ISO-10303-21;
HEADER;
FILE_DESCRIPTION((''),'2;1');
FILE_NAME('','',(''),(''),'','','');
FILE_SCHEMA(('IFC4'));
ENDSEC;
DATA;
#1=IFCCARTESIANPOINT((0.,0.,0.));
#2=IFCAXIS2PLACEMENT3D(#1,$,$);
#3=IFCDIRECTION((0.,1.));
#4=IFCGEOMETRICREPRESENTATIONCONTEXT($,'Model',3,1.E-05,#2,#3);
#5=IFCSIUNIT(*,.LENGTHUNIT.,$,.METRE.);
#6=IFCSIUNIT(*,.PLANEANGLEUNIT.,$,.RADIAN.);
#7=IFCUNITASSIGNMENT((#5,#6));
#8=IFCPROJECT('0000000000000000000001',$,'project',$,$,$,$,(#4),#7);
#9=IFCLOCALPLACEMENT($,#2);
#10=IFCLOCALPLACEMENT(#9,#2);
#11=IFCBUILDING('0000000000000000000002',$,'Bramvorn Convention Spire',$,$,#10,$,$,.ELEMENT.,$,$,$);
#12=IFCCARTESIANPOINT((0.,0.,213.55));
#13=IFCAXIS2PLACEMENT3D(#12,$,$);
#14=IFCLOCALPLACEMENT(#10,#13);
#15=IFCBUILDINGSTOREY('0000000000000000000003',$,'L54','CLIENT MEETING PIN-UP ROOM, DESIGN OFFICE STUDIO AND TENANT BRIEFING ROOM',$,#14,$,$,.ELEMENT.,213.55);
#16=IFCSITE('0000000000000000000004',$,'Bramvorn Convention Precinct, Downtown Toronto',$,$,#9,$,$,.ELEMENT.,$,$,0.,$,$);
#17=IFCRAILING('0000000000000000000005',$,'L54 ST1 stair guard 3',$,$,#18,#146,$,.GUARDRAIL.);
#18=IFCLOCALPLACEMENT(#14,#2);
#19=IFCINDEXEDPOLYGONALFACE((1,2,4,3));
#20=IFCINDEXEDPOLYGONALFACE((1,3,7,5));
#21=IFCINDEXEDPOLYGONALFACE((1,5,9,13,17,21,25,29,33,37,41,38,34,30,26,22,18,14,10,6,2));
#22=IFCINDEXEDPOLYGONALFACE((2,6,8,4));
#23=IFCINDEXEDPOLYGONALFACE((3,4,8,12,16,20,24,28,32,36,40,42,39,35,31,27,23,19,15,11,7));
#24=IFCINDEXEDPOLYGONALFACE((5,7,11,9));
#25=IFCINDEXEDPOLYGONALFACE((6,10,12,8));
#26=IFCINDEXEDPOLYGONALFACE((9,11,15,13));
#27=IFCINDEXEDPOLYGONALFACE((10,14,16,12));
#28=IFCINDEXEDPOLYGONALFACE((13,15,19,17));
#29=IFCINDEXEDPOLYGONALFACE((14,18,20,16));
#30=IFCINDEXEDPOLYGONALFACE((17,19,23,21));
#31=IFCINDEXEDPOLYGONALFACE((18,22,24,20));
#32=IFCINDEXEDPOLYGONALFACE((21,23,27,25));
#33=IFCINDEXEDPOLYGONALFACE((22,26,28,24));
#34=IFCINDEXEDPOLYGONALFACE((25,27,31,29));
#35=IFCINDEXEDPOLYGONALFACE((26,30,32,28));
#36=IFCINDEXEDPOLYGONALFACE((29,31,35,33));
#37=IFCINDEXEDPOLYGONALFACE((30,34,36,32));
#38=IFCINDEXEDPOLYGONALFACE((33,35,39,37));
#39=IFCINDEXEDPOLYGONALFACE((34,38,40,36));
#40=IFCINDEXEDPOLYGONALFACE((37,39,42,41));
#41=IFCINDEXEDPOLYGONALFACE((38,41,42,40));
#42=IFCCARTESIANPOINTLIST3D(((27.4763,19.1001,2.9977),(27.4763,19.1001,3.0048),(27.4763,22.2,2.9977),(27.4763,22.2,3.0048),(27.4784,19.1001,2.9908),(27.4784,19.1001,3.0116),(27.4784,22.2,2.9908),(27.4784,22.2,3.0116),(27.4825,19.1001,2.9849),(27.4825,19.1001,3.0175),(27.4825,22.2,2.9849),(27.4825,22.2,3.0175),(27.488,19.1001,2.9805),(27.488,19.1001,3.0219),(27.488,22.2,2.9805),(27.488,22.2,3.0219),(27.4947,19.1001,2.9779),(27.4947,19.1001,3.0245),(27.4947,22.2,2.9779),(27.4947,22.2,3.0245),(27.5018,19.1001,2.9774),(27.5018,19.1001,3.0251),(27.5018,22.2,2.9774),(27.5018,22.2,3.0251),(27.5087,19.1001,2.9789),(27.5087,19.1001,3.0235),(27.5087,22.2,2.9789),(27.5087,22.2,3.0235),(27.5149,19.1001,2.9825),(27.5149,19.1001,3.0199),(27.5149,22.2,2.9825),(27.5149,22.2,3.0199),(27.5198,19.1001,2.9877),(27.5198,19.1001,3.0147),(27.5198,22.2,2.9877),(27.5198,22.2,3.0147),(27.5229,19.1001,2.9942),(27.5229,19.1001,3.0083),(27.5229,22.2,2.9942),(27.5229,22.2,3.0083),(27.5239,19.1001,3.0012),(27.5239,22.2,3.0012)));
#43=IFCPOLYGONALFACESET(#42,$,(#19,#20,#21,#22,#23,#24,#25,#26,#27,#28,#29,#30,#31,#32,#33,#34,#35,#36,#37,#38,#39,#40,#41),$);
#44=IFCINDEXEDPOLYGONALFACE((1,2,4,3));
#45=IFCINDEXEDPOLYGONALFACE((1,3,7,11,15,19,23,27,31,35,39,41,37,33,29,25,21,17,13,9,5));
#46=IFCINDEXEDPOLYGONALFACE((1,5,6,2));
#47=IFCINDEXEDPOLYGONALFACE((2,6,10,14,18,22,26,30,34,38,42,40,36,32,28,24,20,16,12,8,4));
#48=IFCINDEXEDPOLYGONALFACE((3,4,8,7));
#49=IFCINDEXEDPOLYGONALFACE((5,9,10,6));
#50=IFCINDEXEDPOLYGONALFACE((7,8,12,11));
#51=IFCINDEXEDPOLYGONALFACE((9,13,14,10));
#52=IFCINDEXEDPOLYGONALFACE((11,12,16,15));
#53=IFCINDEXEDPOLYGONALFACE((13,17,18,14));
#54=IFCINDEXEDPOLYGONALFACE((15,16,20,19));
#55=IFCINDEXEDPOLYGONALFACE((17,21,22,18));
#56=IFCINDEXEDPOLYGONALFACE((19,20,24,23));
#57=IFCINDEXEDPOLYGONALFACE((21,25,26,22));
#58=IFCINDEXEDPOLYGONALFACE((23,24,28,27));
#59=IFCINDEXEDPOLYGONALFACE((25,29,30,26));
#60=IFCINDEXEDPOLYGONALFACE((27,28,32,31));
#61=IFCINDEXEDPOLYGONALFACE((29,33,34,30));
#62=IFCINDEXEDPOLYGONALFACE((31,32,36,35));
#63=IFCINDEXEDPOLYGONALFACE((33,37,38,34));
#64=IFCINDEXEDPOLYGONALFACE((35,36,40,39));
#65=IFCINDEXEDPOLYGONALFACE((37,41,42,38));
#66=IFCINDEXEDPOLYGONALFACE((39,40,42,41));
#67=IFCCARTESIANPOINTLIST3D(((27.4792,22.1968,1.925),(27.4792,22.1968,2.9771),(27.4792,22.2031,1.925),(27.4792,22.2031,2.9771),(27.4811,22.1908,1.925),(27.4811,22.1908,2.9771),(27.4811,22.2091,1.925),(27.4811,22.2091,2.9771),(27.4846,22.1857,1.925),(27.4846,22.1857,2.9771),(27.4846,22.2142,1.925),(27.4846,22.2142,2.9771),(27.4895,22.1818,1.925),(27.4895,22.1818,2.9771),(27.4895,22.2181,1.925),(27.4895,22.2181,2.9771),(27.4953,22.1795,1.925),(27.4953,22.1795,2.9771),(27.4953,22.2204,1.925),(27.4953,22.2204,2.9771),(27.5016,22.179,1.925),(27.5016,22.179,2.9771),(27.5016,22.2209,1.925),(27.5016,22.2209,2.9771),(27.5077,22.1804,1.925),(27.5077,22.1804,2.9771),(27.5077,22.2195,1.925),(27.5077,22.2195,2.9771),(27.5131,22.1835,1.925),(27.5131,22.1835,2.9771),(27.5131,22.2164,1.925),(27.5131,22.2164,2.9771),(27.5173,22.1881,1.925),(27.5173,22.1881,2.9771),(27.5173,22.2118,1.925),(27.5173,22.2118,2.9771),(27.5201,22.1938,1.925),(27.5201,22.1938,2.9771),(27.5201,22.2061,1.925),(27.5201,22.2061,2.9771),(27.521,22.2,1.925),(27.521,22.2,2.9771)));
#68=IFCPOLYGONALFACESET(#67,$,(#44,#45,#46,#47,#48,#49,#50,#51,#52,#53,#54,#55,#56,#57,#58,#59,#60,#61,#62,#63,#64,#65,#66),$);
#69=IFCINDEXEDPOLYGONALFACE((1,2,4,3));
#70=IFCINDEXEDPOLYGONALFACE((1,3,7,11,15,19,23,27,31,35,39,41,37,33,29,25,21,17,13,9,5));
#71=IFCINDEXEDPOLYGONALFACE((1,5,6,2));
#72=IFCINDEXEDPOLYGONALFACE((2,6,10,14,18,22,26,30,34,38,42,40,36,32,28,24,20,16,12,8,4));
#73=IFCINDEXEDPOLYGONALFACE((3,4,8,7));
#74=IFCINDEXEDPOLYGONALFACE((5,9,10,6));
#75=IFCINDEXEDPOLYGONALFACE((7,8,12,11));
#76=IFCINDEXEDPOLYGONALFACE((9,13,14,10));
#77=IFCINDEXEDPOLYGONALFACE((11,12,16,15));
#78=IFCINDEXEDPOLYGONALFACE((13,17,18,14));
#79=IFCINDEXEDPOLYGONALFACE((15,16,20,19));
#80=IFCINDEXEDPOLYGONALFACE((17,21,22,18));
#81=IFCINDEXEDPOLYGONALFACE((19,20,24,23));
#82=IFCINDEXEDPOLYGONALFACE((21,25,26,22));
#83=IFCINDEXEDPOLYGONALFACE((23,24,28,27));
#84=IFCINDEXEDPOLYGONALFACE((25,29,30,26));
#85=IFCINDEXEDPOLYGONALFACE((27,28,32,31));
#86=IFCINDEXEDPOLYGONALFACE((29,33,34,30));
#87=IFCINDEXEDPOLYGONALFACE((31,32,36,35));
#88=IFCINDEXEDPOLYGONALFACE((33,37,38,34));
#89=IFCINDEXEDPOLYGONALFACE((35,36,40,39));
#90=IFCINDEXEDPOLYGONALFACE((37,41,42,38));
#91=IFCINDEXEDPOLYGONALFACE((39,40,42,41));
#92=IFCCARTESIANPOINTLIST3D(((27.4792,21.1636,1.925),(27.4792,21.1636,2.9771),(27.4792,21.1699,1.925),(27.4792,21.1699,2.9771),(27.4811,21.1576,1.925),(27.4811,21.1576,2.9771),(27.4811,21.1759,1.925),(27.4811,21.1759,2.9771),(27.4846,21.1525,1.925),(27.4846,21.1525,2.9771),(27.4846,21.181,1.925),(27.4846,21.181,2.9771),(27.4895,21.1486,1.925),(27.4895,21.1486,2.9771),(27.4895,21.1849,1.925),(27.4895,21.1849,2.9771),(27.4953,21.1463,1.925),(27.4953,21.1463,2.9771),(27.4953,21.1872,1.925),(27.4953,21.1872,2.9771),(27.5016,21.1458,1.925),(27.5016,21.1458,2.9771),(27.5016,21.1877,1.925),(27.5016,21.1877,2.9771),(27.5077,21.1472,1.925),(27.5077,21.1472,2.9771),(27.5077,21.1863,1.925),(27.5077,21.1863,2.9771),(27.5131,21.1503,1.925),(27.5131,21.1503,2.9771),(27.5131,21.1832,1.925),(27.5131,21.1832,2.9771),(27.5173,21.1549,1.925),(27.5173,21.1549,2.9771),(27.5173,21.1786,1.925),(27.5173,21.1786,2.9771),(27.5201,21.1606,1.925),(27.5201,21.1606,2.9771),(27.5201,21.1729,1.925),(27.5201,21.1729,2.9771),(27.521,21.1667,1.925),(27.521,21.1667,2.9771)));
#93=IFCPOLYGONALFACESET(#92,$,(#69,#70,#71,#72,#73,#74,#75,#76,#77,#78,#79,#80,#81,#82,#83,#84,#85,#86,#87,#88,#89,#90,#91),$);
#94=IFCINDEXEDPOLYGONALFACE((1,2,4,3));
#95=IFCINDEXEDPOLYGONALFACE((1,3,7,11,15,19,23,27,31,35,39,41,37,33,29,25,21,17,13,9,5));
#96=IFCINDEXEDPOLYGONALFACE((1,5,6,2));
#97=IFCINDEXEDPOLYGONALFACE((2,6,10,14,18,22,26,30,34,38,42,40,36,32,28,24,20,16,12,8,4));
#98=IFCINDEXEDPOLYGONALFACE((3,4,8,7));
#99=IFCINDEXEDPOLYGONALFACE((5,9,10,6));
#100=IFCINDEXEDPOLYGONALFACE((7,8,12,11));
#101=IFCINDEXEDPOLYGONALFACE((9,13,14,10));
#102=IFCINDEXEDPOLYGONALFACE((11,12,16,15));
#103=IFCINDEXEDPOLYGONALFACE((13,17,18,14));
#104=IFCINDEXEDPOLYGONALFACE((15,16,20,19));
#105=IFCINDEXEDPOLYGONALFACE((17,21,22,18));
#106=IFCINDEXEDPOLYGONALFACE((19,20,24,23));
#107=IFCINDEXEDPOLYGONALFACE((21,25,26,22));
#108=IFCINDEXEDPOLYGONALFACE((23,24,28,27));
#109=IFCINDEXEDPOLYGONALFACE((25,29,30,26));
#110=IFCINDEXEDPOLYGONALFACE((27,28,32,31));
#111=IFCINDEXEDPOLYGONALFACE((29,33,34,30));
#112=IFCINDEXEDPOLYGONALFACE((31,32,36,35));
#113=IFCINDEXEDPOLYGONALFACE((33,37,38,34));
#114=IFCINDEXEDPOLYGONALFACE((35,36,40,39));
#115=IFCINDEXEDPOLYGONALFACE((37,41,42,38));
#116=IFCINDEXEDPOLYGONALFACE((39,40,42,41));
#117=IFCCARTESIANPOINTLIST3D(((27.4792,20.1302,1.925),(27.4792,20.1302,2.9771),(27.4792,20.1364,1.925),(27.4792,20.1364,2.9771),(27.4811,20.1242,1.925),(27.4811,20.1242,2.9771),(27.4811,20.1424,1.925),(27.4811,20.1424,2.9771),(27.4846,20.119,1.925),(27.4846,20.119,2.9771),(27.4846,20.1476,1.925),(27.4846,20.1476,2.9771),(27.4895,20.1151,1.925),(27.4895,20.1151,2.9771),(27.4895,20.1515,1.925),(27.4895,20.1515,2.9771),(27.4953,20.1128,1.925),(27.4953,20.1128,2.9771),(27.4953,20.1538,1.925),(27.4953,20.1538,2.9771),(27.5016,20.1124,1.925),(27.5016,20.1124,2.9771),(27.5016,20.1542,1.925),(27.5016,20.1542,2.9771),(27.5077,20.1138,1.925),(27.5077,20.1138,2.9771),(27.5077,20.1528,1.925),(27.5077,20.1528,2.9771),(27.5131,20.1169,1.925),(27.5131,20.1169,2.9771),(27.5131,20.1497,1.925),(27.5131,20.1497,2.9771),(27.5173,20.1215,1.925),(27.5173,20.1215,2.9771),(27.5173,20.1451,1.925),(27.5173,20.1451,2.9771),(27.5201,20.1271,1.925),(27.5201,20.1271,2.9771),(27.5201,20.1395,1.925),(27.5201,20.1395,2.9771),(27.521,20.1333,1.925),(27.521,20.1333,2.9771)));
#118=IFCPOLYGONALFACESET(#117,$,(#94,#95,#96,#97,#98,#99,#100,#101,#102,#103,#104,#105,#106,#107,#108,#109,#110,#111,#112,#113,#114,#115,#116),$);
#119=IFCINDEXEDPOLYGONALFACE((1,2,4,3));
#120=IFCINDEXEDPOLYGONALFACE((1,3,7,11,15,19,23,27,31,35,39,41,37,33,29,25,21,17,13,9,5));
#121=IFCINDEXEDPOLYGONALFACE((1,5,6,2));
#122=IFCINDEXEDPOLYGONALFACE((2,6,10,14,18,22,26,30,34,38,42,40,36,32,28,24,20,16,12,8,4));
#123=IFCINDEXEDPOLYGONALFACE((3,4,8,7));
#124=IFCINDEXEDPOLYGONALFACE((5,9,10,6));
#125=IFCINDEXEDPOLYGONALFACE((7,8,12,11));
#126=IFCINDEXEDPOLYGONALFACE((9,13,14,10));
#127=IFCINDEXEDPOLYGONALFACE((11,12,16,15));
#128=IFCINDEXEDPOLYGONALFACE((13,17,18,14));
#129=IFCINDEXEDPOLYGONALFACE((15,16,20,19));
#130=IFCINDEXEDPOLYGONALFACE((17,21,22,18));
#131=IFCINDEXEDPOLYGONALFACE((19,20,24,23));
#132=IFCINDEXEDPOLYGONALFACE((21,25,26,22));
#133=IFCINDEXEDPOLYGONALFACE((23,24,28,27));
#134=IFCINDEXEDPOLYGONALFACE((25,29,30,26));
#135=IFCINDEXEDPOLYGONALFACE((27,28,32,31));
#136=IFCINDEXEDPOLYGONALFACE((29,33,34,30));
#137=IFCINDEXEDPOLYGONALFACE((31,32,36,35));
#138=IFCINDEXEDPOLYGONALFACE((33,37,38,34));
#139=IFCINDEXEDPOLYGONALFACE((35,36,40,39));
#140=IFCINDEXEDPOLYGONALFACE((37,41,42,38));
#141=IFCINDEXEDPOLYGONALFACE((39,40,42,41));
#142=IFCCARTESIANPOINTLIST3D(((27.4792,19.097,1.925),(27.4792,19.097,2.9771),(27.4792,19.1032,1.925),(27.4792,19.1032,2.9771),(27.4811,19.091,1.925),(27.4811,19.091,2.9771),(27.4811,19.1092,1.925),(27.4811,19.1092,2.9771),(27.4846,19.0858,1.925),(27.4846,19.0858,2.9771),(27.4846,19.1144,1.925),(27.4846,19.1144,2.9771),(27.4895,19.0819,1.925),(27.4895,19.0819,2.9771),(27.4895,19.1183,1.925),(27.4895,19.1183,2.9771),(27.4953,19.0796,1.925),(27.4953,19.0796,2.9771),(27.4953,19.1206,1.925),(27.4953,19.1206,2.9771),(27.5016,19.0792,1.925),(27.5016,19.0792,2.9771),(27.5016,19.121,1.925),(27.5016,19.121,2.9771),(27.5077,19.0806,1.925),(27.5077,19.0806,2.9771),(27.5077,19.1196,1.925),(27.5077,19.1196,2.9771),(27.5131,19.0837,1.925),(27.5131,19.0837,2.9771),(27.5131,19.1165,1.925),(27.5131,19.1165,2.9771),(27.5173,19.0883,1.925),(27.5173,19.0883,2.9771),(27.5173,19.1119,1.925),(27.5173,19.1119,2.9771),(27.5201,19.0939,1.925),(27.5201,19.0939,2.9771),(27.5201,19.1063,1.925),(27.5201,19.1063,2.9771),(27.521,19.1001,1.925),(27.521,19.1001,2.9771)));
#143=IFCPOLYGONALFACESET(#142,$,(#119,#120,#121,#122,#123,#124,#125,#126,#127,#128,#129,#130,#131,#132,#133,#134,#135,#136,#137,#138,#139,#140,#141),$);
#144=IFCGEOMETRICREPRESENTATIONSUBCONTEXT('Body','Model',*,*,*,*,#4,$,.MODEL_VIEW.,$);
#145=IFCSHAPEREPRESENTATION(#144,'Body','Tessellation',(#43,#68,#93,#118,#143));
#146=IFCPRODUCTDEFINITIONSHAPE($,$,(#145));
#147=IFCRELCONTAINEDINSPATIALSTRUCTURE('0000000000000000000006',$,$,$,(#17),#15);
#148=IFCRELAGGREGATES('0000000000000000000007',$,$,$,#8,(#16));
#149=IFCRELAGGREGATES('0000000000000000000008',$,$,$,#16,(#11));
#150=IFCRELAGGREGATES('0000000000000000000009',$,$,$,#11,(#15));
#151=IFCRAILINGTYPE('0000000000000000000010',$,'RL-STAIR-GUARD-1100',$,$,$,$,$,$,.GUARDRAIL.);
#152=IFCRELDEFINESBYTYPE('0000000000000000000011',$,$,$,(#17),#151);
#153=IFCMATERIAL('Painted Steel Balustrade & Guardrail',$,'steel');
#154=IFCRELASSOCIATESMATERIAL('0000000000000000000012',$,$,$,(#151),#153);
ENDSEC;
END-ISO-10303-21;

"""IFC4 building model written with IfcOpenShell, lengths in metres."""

from ifc_helpers import new_model, si_unit, direction, frame, origin, origin_2d, place, context, subcontext, project, spatial, circle, extrude, material, type_object, element, save


model = new_model("IFC4")

# Units and contexts
model_context = context("Model", 3, precision=1e-05, world=origin(), true_north=direction((0.0, 1.0)))
body_context = subcontext(model_context, "Body", "Model", "MODEL_VIEW")
ifc_project = project(units=[si_unit("LENGTHUNIT", "METRE"), si_unit("PLANEANGLEUNIT", "RADIAN")], contexts=[model_context])

# Site, building, storey
site_placement = place(None, origin())
site = spatial("IfcSite", under=ifc_project, at=site_placement, Name="Bramvorn Convention Precinct, Downtown Toronto", CompositionType="ELEMENT", RefElevation=0.0)
building_placement = place(site_placement, origin())
building = spatial("IfcBuilding", under=site, at=building_placement, Name="Bramvorn Convention Spire", CompositionType="ELEMENT")
storey_placement = place(building_placement, frame((0.0, 0.0, 213.55)))
storey = spatial("IfcBuildingStorey", under=building, at=storey_placement, Name="L54", Description="CLIENT MEETING PIN-UP ROOM, DESIGN OFFICE STUDIO AND TENANT BRIEFING ROOM", CompositionType="ELEMENT", Elevation=213.55)

# Railing
ifc_material_1 = material(Name="Painted Steel Balustrade & Guardrail", Category="steel")
railing_type_1 = type_object("IfcRailingType", Name="RL-STAIR-GUARD-1100", PredefinedType="GUARDRAIL", material=ifc_material_1)
for number, where, name in (
    (1, (27.5, 22.2, 1.925), "L54 ST1 stair guard 3"),
):
    element("IfcRailing", number, at=place(storey_placement, frame(where)), inside=storey, type_object=railing_type_1, Name=name, PredefinedType="GUARDRAIL", context=body_context, shape_type="SweptSolid", body=[
        extrude(circle(Radius=0.0239, at=origin_2d()), frame((0.0, 0.0, 1.0762), z_axis=(0.0, -1.0, 0.0), x_axis=(1.0, 0.0, 0.0)), (0.0, 0.0, 1.0), 3.0999),
        extrude(circle(Radius=0.021, at=origin_2d()), origin(), (0.0, 0.0, 1.0), 1.052),
        extrude(circle(Radius=0.021, at=origin_2d()), frame((0.0, -1.0332, 0.0)), (0.0, 0.0, 1.0), 1.052),
        extrude(circle(Radius=0.021, at=origin_2d()), frame((0.0, -2.0667, 0.0)), (0.0, 0.0, 1.0), 1.052),
        extrude(circle(Radius=0.021, at=origin_2d()), frame((0.0, -3.0999, 0.0)), (0.0, 0.0, 1.0), 1.052),
    ])

save(model, "model.ifc")
